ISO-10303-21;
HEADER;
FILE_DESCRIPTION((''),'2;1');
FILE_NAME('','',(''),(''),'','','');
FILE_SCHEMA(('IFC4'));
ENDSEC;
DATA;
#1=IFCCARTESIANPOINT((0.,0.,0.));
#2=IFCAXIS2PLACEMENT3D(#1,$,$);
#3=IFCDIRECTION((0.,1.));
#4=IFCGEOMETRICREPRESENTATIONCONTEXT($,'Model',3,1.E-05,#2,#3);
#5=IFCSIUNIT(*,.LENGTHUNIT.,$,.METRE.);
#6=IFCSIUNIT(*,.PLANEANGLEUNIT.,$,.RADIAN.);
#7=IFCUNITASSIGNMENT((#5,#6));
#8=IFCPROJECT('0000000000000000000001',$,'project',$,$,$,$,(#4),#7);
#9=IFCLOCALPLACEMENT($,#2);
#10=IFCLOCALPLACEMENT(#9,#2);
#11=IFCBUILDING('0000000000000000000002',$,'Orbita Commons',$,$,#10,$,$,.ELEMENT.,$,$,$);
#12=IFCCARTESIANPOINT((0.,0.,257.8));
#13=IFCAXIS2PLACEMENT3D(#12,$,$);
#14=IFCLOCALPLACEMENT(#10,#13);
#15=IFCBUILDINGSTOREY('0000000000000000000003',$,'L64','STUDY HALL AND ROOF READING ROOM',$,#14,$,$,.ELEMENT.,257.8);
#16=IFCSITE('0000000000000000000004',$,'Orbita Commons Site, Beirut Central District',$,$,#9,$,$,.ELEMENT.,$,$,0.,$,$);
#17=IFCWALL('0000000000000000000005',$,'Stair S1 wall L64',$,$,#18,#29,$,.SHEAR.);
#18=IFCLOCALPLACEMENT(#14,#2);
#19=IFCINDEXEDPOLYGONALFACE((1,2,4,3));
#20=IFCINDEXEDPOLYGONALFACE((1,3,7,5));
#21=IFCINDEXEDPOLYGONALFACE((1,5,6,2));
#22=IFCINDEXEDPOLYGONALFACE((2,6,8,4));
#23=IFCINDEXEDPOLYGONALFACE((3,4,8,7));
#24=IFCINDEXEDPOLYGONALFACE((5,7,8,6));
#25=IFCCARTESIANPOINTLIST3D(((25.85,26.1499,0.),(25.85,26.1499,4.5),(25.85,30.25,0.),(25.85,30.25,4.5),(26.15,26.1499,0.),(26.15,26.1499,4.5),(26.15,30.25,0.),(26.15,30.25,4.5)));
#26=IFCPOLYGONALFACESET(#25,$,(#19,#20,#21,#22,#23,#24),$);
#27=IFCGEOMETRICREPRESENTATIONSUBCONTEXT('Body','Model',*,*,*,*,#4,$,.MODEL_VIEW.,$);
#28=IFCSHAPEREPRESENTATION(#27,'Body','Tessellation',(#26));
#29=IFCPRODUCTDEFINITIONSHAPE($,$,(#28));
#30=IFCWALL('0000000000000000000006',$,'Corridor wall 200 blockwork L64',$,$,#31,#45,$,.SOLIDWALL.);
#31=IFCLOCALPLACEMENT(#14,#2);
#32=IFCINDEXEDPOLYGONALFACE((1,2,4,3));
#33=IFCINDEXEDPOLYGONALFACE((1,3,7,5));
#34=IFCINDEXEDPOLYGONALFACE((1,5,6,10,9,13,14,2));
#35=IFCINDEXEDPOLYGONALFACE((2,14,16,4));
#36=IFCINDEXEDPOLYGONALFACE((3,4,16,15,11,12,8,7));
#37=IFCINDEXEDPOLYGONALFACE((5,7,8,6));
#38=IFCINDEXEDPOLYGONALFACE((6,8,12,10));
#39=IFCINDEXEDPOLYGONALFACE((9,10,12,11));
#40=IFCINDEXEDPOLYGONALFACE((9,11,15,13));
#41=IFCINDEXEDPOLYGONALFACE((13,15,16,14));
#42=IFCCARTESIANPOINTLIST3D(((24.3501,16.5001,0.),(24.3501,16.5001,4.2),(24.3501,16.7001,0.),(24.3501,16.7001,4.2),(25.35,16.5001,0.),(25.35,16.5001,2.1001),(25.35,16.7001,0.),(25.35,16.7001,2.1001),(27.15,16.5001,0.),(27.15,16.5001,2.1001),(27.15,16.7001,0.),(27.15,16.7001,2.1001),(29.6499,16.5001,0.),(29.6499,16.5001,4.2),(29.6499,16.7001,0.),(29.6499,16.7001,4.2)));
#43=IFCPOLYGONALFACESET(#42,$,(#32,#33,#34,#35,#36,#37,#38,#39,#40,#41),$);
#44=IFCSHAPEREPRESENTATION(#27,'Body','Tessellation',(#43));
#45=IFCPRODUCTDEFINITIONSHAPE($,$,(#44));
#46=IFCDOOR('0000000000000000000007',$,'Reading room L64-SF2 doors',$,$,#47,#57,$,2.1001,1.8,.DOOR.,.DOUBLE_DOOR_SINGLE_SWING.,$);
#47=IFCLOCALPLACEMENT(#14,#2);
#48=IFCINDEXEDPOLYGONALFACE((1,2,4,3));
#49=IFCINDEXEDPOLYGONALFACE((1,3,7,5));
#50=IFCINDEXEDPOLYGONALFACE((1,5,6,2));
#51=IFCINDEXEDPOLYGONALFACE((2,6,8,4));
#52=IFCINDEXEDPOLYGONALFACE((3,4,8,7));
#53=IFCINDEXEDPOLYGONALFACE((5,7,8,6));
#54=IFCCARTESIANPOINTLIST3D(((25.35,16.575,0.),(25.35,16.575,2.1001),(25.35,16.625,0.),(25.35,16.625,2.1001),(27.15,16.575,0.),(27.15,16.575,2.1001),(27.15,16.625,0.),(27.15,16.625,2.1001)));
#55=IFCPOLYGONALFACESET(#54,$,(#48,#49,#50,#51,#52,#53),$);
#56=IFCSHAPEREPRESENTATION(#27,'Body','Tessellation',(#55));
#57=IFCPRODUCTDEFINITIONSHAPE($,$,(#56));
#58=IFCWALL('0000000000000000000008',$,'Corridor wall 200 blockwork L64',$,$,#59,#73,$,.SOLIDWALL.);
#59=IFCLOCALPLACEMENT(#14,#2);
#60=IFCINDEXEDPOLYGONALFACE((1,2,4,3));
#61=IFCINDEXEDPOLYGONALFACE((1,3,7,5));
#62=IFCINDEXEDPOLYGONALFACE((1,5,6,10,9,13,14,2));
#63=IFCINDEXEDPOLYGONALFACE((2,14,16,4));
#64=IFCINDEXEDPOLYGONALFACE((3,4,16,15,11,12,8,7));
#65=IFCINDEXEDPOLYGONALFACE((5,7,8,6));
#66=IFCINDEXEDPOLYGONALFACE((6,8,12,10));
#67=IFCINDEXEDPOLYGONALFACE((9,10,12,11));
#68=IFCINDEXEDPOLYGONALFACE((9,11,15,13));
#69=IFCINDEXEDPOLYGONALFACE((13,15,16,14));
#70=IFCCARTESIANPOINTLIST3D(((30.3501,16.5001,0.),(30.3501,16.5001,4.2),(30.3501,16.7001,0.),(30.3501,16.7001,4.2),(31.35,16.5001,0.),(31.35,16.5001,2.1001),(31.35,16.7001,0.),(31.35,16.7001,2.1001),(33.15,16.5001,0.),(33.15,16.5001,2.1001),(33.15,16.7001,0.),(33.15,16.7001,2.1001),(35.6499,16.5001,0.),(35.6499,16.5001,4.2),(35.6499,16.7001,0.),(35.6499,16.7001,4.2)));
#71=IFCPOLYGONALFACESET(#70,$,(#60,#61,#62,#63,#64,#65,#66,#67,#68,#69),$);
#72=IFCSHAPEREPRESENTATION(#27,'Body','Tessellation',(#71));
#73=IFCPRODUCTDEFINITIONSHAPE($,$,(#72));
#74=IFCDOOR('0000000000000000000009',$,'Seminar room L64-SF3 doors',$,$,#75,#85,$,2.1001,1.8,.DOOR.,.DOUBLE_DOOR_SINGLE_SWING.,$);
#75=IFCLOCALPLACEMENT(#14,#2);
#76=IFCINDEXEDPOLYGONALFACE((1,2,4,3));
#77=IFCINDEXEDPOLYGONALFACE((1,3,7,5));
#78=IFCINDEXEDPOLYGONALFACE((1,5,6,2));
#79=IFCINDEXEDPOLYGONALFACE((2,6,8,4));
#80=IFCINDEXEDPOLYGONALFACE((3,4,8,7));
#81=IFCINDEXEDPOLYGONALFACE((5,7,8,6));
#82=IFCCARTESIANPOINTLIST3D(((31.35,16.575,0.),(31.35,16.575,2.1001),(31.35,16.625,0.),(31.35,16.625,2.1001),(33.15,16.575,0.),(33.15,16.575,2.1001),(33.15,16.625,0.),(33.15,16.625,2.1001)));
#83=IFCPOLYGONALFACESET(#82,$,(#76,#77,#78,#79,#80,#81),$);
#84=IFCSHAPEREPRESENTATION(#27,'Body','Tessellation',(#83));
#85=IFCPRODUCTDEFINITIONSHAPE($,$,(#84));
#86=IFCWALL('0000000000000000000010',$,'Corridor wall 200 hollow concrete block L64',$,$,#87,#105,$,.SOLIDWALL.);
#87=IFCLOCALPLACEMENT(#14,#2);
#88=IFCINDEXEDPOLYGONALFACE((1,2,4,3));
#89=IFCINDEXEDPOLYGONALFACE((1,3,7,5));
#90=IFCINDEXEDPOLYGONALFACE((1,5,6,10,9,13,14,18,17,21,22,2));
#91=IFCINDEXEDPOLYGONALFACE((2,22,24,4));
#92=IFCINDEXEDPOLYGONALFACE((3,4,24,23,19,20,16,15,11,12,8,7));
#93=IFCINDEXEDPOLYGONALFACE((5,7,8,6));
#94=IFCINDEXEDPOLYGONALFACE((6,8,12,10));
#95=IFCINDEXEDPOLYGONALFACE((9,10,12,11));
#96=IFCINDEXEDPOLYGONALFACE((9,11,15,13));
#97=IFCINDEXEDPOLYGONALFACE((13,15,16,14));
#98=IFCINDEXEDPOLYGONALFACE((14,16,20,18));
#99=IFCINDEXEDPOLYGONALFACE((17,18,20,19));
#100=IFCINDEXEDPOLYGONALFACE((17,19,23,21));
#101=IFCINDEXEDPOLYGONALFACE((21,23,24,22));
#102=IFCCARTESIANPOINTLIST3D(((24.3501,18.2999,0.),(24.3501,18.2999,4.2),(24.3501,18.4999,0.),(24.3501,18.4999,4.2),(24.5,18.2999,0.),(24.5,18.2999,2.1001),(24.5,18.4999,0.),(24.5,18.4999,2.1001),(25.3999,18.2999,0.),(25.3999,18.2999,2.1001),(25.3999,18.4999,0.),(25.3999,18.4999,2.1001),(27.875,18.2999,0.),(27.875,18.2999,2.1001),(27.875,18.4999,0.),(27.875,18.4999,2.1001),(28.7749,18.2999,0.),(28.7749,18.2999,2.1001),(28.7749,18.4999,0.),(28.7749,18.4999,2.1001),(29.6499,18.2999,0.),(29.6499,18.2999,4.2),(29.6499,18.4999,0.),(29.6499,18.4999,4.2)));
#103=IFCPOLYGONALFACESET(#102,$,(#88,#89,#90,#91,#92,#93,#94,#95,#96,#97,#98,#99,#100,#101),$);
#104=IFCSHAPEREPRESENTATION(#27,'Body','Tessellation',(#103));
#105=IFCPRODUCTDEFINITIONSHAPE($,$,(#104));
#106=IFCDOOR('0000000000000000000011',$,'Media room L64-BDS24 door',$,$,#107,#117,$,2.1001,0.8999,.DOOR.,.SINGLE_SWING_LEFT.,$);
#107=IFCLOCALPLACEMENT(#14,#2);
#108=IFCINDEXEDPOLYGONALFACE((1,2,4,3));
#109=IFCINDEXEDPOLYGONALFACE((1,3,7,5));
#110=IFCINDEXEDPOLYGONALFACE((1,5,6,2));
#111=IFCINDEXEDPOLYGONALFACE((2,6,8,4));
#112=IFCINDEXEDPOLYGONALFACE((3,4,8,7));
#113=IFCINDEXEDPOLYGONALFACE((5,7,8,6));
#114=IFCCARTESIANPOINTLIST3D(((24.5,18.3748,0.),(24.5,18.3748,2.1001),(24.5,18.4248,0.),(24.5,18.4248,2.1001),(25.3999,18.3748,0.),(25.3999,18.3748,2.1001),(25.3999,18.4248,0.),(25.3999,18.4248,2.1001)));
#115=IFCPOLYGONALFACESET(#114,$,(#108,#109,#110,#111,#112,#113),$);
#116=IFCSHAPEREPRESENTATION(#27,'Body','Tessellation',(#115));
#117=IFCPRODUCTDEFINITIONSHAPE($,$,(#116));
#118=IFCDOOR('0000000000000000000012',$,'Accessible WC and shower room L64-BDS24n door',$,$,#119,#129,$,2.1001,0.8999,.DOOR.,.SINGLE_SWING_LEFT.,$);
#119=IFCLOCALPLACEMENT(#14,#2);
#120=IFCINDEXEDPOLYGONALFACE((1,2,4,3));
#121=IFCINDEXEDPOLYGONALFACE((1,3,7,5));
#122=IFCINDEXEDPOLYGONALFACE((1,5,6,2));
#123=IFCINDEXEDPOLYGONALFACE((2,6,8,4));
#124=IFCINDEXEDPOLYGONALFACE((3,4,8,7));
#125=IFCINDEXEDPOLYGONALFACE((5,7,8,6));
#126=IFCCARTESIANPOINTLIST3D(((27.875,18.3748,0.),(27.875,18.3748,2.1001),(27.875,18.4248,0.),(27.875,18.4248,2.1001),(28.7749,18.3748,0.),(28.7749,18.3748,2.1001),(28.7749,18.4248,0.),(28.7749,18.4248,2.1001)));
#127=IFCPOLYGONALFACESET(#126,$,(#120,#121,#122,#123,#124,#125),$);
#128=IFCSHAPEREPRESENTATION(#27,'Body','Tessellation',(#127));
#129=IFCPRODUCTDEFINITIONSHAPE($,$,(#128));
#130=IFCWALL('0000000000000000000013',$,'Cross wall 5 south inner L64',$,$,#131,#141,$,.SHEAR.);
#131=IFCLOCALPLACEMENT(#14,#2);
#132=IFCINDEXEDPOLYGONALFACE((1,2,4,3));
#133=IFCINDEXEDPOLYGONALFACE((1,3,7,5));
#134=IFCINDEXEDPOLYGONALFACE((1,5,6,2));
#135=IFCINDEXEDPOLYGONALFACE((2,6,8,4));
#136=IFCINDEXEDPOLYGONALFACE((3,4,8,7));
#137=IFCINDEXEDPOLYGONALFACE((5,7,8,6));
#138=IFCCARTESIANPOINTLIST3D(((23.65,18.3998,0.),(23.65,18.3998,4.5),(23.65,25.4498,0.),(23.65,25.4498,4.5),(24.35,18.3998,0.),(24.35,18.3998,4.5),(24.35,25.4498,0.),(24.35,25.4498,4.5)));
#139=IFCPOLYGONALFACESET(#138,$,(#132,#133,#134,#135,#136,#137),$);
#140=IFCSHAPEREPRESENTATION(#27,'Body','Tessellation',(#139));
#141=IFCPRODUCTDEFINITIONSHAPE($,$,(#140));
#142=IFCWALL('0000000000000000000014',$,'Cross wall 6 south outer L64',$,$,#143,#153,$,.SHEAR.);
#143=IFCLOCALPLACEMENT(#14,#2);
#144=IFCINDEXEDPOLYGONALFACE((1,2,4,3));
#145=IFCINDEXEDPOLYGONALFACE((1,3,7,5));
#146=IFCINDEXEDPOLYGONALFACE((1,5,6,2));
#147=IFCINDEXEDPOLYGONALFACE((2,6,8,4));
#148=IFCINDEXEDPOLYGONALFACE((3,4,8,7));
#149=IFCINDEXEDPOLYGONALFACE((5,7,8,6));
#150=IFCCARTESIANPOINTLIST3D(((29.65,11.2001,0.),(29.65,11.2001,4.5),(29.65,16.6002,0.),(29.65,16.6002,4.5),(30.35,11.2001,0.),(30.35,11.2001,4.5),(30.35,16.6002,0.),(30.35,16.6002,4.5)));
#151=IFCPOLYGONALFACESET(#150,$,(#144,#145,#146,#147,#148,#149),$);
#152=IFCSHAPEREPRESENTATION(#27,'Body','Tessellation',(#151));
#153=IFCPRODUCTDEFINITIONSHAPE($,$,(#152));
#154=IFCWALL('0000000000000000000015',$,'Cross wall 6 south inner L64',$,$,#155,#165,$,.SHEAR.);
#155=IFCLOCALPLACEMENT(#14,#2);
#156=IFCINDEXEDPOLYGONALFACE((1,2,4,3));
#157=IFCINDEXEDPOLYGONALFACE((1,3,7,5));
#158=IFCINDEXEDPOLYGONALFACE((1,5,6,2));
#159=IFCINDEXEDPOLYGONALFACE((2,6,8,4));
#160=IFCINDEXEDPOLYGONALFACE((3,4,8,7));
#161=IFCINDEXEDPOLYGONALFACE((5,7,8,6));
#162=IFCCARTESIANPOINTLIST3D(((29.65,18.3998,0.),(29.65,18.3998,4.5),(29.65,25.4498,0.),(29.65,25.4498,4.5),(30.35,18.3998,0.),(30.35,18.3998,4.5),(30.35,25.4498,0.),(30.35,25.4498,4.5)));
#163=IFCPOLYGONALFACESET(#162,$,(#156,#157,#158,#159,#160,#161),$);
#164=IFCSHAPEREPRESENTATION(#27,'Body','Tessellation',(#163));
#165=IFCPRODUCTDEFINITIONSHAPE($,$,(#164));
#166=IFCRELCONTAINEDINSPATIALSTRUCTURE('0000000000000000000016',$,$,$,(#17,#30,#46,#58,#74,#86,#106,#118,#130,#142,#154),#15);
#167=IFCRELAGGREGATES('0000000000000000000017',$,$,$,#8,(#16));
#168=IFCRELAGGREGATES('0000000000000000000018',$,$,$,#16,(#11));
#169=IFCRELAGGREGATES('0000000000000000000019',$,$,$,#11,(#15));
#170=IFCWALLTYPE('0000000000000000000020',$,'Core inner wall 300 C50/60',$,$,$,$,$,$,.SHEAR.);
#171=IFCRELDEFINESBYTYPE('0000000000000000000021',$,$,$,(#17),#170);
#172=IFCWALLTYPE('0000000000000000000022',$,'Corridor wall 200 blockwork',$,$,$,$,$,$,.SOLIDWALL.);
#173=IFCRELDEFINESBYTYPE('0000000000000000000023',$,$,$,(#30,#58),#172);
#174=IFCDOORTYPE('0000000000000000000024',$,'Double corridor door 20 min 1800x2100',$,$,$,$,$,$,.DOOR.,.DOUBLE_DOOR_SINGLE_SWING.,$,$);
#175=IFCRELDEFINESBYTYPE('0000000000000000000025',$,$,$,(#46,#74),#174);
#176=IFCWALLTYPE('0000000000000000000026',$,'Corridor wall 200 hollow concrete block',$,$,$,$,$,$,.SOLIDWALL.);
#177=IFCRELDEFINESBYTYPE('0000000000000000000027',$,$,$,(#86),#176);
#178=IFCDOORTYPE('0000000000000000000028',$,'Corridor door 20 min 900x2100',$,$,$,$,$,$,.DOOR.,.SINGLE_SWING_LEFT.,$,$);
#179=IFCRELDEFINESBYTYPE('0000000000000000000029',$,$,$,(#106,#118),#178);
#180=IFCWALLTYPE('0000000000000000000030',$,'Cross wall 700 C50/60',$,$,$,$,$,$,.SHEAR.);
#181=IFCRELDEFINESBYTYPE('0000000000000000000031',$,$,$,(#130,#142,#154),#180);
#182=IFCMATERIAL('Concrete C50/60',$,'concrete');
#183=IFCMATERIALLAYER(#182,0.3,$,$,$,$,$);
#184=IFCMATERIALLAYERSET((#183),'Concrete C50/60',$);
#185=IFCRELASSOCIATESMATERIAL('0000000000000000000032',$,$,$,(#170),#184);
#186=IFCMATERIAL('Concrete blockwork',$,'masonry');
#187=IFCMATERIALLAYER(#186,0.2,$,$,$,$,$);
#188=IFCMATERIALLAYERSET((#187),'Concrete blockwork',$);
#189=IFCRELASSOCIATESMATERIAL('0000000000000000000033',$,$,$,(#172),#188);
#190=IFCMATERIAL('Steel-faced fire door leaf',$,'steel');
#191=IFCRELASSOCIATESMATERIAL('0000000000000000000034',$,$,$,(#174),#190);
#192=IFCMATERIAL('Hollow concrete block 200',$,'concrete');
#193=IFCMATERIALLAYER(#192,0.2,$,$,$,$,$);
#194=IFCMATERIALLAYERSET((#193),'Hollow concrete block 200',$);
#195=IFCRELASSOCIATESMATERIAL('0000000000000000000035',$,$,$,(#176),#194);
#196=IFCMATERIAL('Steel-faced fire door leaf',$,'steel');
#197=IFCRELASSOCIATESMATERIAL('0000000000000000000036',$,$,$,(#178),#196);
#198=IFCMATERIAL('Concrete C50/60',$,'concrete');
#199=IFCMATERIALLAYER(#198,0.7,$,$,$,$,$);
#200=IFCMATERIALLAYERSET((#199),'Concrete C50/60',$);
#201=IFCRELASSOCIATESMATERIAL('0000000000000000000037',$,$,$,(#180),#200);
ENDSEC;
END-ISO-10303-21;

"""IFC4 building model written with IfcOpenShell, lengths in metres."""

from ifc_helpers import new_model, si_unit, direction, frame, frame_2d, origin, place, context, subcontext, project, spatial, rectangle, extrude, material, layer, layer_set, type_object, element, fill, save


model = new_model("IFC4")

# Units and contexts
model_context = context("Model", 3, precision=1e-05, world=origin(), true_north=direction((0.0, 1.0)))
body_context = subcontext(model_context, "Body", "Model", "MODEL_VIEW")
ifc_project = project(units=[si_unit("LENGTHUNIT", "METRE"), si_unit("PLANEANGLEUNIT", "RADIAN")], contexts=[model_context])

# Site, building, storey
site_placement = place(None, origin())
site = spatial("IfcSite", under=ifc_project, at=site_placement, Name="Orbita Commons Site, Beirut Central District", CompositionType="ELEMENT", RefElevation=0.0)
building_placement = place(site_placement, origin())
building = spatial("IfcBuilding", under=site, at=building_placement, Name="Orbita Commons", CompositionType="ELEMENT")
storey_placement = place(building_placement, frame((0.0, 0.0, 257.8)))
storey = spatial("IfcBuildingStorey", under=building, at=storey_placement, Name="L64", Description="STUDY HALL AND ROOF READING ROOM", CompositionType="ELEMENT", Elevation=257.8)

# Wall
ifc_material_1 = material(Name="Concrete C50/60", Category="concrete")
ifc_layer_1 = layer(ifc_material_1, 0.3)
ifc_layer_set_1 = layer_set([ifc_layer_1], Name="Concrete C50/60")
wall_type_1 = type_object("IfcWallType", Name="Core inner wall 300 C50/60", PredefinedType="SHEAR", material=ifc_layer_set_1)
wall_1_placement = place(storey_placement, frame((26.0, 26.1499, 0.0), z_axis=(0.0, 0.0, 1.0), x_axis=(0.0, 1.0, 0.0)))
element("IfcWall", 1, at=wall_1_placement, inside=storey, type_object=wall_type_1, Name="Stair S1 wall L64", PredefinedType="SHEAR", context=body_context, shape_type="SweptSolid", body=[
    extrude(rectangle(XDim=4.1001, YDim=0.3, at=frame_2d((2.05, 0.0))), origin(), (0.0, 0.0, 1.0), 4.5),
])

# Walls, openings, doors
ifc_material_2 = material(Name="Concrete blockwork", Category="masonry")
ifc_layer_2 = layer(ifc_material_2, 0.2)
ifc_layer_set_2 = layer_set([ifc_layer_2], Name="Concrete blockwork")
wall_type_2 = type_object("IfcWallType", Name="Corridor wall 200 blockwork", PredefinedType="SOLIDWALL", material=ifc_layer_set_2)
wall_2_placement = place(storey_placement, frame((24.3501, 16.6001, 0.0), z_axis=(0.0, 0.0, 1.0), x_axis=(1.0, 0.0, 0.0)))
wall_2 = element("IfcWall", 2, at=wall_2_placement, inside=storey, type_object=wall_type_2, Name="Corridor wall 200 blockwork L64", PredefinedType="SOLIDWALL", context=body_context, shape_type="SweptSolid", body=[
    extrude(rectangle(XDim=5.2998, YDim=0.2, at=frame_2d((2.6499, 0.0))), origin(), (0.0, 0.0, 1.0), 4.2),
])
opening_1_placement = place(wall_2_placement, frame((1.0, 0.0, 0.0)))
opening_1 = element("IfcOpeningElement", 3, at=opening_1_placement, cuts=wall_2, PredefinedType="OPENING", context=body_context, shape_type="SweptSolid", body=[
    extrude(rectangle(XDim=1.8, YDim=2.1001, at=frame_2d((0.8999, 1.05))), frame((0.0, 0.1099, 0.0), z_axis=(0.0, -1.0, 0.0), x_axis=(1.0, 0.0, 0.0)), (0.0, 0.0, 1.0), 0.22),
])
ifc_material_3 = material(Name="Steel-faced fire door leaf", Category="steel")
door_type_1 = type_object("IfcDoorType", Name="Double corridor door 20 min 1800x2100", OperationType="DOUBLE_DOOR_SINGLE_SWING", PredefinedType="DOOR", material=ifc_material_3)
door_1_placement = place(opening_1_placement, origin())
door_1 = element("IfcDoor", 4, at=door_1_placement, inside=storey, type_object=door_type_1, Name="Reading room L64-SF2 doors", OperationType="DOUBLE_DOOR_SINGLE_SWING", OverallHeight=2.1001, OverallWidth=1.8, PredefinedType="DOOR", context=body_context, shape_type="SweptSolid", body=[
    extrude(rectangle(XDim=1.8, YDim=2.1001, at=frame_2d((0.8999, 1.05))), frame((0.0, 0.0249, 0.0), z_axis=(0.0, -1.0, 0.0), x_axis=(1.0, 0.0, 0.0)), (0.0, 0.0, 1.0), 0.05),
])
fill(opening_1, door_1)
wall_3_placement = place(storey_placement, frame((30.3501, 16.6001, 0.0), z_axis=(0.0, 0.0, 1.0), x_axis=(1.0, 0.0, 0.0)))
wall_3 = element("IfcWall", 5, at=wall_3_placement, inside=storey, type_object=wall_type_2, Name="Corridor wall 200 blockwork L64", PredefinedType="SOLIDWALL", context=body_context, shape_type="SweptSolid", body=[
    extrude(rectangle(XDim=5.2998, YDim=0.2, at=frame_2d((2.6499, 0.0))), origin(), (0.0, 0.0, 1.0), 4.2),
])
opening_2_placement = place(wall_3_placement, frame((1.0, 0.0, 0.0)))
opening_2 = element("IfcOpeningElement", 6, at=opening_2_placement, cuts=wall_3, PredefinedType="OPENING", context=body_context, shape_type="SweptSolid", body=[
    extrude(rectangle(XDim=1.8, YDim=2.1001, at=frame_2d((0.8999, 1.05))), frame((0.0, 0.1099, 0.0), z_axis=(0.0, -1.0, 0.0), x_axis=(1.0, 0.0, 0.0)), (0.0, 0.0, 1.0), 0.22),
])
door_2_placement = place(opening_2_placement, origin())
door_2 = element("IfcDoor", 7, at=door_2_placement, inside=storey, type_object=door_type_1, Name="Seminar room L64-SF3 doors", OperationType="DOUBLE_DOOR_SINGLE_SWING", OverallHeight=2.1001, OverallWidth=1.8, PredefinedType="DOOR", context=body_context, shape_type="SweptSolid", body=[
    extrude(rectangle(XDim=1.8, YDim=2.1001, at=frame_2d((0.8999, 1.05))), frame((0.0, 0.0249, 0.0), z_axis=(0.0, -1.0, 0.0), x_axis=(1.0, 0.0, 0.0)), (0.0, 0.0, 1.0), 0.05),
])
fill(opening_2, door_2)

# Wall, openings, doors
ifc_material_4 = material(Name="Hollow concrete block 200", Category="concrete")
ifc_layer_3 = layer(ifc_material_4, 0.2)
ifc_layer_set_3 = layer_set([ifc_layer_3], Name="Hollow concrete block 200")
wall_type_3 = type_object("IfcWallType", Name="Corridor wall 200 hollow concrete block", PredefinedType="SOLIDWALL", material=ifc_layer_set_3)
wall_4_placement = place(storey_placement, frame((24.3501, 18.3999, 0.0), z_axis=(0.0, 0.0, 1.0), x_axis=(1.0, 0.0, 0.0)))
wall_4 = element("IfcWall", 8, at=wall_4_placement, inside=storey, type_object=wall_type_3, Name="Corridor wall 200 hollow concrete block L64", PredefinedType="SOLIDWALL", context=body_context, shape_type="SweptSolid", body=[
    extrude(rectangle(XDim=5.2998, YDim=0.2, at=frame_2d((2.6499, 0.0))), origin(), (0.0, 0.0, 1.0), 4.2),
])
opening_3_placement = place(wall_4_placement, frame((0.1499, 0.0, 0.0)))
opening_3 = element("IfcOpeningElement", 9, at=opening_3_placement, cuts=wall_4, PredefinedType="OPENING", context=body_context, shape_type="SweptSolid", body=[
    extrude(rectangle(XDim=0.8999, YDim=2.1001, at=frame_2d((0.45, 1.05))), frame((0.0, 0.1099, 0.0), z_axis=(0.0, -1.0, 0.0), x_axis=(1.0, 0.0, 0.0)), (0.0, 0.0, 1.0), 0.22),
])
opening_4_placement = place(wall_4_placement, frame((3.5249, 0.0, 0.0)))
opening_4 = element("IfcOpeningElement", 10, at=opening_4_placement, cuts=wall_4, PredefinedType="OPENING", context=body_context, shape_type="SweptSolid", body=[
    extrude(rectangle(XDim=0.8999, YDim=2.1001, at=frame_2d((0.45, 1.05))), frame((0.0, 0.1099, 0.0), z_axis=(0.0, -1.0, 0.0), x_axis=(1.0, 0.0, 0.0)), (0.0, 0.0, 1.0), 0.22),
])
ifc_material_5 = material(Name="Steel-faced fire door leaf", Category="steel")
door_type_2 = type_object("IfcDoorType", Name="Corridor door 20 min 900x2100", OperationType="SINGLE_SWING_LEFT", PredefinedType="DOOR", material=ifc_material_5)
door_3_placement = place(opening_3_placement, origin())
door_3 = element("IfcDoor", 11, at=door_3_placement, inside=storey, type_object=door_type_2, Name="Media room L64-BDS24 door", OperationType="SINGLE_SWING_LEFT", OverallHeight=2.1001, OverallWidth=0.8999, PredefinedType="DOOR", context=body_context, shape_type="SweptSolid", body=[
    extrude(rectangle(XDim=0.8999, YDim=2.1001, at=frame_2d((0.45, 1.05))), frame((0.0, 0.0249, 0.0), z_axis=(0.0, -1.0, 0.0), x_axis=(1.0, 0.0, 0.0)), (0.0, 0.0, 1.0), 0.05),
])
fill(opening_3, door_3)
door_4_placement = place(opening_4_placement, origin())
door_4 = element("IfcDoor", 12, at=door_4_placement, inside=storey, type_object=door_type_2, Name="Accessible WC and shower room L64-BDS24n door", OperationType="SINGLE_SWING_LEFT", OverallHeight=2.1001, OverallWidth=0.8999, PredefinedType="DOOR", context=body_context, shape_type="SweptSolid", body=[
    extrude(rectangle(XDim=0.8999, YDim=2.1001, at=frame_2d((0.45, 1.05))), frame((0.0, 0.0249, 0.0), z_axis=(0.0, -1.0, 0.0), x_axis=(1.0, 0.0, 0.0)), (0.0, 0.0, 1.0), 0.05),
])
fill(opening_4, door_4)

# Walls
ifc_material_6 = material(Name="Concrete C50/60", Category="concrete")
ifc_layer_4 = layer(ifc_material_6, 0.7)
ifc_layer_set_4 = layer_set([ifc_layer_4], Name="Concrete C50/60")
wall_type_4 = type_object("IfcWallType", Name="Cross wall 700 C50/60", PredefinedType="SHEAR", material=ifc_layer_set_4)
wall_5_placement = place(storey_placement, frame((24.0, 18.3999, 0.0), z_axis=(0.0, 0.0, 1.0), x_axis=(0.0, 1.0, 0.0)))
element("IfcWall", 13, at=wall_5_placement, inside=storey, type_object=wall_type_4, Name="Cross wall 5 south inner L64", PredefinedType="SHEAR", context=body_context, shape_type="SweptSolid", body=[
    extrude(rectangle(XDim=7.05, YDim=0.7, at=frame_2d((3.5249, 0.0))), origin(), (0.0, 0.0, 1.0), 4.5),
])
wall_6_placement = place(storey_placement, frame((30.0, 11.2, 0.0), z_axis=(0.0, 0.0, 1.0), x_axis=(0.0, 1.0, 0.0)))
element("IfcWall", 14, at=wall_6_placement, inside=storey, type_object=wall_type_4, Name="Cross wall 6 south outer L64", PredefinedType="SHEAR", context=body_context, shape_type="SweptSolid", body=[
    extrude(rectangle(XDim=5.4001, YDim=0.7, at=frame_2d((2.7002, 0.0))), origin(), (0.0, 0.0, 1.0), 4.5),
])
wall_7_placement = place(storey_placement, frame((30.0, 18.3999, 0.0), z_axis=(0.0, 0.0, 1.0), x_axis=(0.0, 1.0, 0.0)))
element("IfcWall", 15, at=wall_7_placement, inside=storey, type_object=wall_type_4, Name="Cross wall 6 south inner L64", PredefinedType="SHEAR", context=body_context, shape_type="SweptSolid", body=[
    extrude(rectangle(XDim=7.05, YDim=0.7, at=frame_2d((3.5249, 0.0))), origin(), (0.0, 0.0, 1.0), 4.5),
])

save(model, "model.ifc")
